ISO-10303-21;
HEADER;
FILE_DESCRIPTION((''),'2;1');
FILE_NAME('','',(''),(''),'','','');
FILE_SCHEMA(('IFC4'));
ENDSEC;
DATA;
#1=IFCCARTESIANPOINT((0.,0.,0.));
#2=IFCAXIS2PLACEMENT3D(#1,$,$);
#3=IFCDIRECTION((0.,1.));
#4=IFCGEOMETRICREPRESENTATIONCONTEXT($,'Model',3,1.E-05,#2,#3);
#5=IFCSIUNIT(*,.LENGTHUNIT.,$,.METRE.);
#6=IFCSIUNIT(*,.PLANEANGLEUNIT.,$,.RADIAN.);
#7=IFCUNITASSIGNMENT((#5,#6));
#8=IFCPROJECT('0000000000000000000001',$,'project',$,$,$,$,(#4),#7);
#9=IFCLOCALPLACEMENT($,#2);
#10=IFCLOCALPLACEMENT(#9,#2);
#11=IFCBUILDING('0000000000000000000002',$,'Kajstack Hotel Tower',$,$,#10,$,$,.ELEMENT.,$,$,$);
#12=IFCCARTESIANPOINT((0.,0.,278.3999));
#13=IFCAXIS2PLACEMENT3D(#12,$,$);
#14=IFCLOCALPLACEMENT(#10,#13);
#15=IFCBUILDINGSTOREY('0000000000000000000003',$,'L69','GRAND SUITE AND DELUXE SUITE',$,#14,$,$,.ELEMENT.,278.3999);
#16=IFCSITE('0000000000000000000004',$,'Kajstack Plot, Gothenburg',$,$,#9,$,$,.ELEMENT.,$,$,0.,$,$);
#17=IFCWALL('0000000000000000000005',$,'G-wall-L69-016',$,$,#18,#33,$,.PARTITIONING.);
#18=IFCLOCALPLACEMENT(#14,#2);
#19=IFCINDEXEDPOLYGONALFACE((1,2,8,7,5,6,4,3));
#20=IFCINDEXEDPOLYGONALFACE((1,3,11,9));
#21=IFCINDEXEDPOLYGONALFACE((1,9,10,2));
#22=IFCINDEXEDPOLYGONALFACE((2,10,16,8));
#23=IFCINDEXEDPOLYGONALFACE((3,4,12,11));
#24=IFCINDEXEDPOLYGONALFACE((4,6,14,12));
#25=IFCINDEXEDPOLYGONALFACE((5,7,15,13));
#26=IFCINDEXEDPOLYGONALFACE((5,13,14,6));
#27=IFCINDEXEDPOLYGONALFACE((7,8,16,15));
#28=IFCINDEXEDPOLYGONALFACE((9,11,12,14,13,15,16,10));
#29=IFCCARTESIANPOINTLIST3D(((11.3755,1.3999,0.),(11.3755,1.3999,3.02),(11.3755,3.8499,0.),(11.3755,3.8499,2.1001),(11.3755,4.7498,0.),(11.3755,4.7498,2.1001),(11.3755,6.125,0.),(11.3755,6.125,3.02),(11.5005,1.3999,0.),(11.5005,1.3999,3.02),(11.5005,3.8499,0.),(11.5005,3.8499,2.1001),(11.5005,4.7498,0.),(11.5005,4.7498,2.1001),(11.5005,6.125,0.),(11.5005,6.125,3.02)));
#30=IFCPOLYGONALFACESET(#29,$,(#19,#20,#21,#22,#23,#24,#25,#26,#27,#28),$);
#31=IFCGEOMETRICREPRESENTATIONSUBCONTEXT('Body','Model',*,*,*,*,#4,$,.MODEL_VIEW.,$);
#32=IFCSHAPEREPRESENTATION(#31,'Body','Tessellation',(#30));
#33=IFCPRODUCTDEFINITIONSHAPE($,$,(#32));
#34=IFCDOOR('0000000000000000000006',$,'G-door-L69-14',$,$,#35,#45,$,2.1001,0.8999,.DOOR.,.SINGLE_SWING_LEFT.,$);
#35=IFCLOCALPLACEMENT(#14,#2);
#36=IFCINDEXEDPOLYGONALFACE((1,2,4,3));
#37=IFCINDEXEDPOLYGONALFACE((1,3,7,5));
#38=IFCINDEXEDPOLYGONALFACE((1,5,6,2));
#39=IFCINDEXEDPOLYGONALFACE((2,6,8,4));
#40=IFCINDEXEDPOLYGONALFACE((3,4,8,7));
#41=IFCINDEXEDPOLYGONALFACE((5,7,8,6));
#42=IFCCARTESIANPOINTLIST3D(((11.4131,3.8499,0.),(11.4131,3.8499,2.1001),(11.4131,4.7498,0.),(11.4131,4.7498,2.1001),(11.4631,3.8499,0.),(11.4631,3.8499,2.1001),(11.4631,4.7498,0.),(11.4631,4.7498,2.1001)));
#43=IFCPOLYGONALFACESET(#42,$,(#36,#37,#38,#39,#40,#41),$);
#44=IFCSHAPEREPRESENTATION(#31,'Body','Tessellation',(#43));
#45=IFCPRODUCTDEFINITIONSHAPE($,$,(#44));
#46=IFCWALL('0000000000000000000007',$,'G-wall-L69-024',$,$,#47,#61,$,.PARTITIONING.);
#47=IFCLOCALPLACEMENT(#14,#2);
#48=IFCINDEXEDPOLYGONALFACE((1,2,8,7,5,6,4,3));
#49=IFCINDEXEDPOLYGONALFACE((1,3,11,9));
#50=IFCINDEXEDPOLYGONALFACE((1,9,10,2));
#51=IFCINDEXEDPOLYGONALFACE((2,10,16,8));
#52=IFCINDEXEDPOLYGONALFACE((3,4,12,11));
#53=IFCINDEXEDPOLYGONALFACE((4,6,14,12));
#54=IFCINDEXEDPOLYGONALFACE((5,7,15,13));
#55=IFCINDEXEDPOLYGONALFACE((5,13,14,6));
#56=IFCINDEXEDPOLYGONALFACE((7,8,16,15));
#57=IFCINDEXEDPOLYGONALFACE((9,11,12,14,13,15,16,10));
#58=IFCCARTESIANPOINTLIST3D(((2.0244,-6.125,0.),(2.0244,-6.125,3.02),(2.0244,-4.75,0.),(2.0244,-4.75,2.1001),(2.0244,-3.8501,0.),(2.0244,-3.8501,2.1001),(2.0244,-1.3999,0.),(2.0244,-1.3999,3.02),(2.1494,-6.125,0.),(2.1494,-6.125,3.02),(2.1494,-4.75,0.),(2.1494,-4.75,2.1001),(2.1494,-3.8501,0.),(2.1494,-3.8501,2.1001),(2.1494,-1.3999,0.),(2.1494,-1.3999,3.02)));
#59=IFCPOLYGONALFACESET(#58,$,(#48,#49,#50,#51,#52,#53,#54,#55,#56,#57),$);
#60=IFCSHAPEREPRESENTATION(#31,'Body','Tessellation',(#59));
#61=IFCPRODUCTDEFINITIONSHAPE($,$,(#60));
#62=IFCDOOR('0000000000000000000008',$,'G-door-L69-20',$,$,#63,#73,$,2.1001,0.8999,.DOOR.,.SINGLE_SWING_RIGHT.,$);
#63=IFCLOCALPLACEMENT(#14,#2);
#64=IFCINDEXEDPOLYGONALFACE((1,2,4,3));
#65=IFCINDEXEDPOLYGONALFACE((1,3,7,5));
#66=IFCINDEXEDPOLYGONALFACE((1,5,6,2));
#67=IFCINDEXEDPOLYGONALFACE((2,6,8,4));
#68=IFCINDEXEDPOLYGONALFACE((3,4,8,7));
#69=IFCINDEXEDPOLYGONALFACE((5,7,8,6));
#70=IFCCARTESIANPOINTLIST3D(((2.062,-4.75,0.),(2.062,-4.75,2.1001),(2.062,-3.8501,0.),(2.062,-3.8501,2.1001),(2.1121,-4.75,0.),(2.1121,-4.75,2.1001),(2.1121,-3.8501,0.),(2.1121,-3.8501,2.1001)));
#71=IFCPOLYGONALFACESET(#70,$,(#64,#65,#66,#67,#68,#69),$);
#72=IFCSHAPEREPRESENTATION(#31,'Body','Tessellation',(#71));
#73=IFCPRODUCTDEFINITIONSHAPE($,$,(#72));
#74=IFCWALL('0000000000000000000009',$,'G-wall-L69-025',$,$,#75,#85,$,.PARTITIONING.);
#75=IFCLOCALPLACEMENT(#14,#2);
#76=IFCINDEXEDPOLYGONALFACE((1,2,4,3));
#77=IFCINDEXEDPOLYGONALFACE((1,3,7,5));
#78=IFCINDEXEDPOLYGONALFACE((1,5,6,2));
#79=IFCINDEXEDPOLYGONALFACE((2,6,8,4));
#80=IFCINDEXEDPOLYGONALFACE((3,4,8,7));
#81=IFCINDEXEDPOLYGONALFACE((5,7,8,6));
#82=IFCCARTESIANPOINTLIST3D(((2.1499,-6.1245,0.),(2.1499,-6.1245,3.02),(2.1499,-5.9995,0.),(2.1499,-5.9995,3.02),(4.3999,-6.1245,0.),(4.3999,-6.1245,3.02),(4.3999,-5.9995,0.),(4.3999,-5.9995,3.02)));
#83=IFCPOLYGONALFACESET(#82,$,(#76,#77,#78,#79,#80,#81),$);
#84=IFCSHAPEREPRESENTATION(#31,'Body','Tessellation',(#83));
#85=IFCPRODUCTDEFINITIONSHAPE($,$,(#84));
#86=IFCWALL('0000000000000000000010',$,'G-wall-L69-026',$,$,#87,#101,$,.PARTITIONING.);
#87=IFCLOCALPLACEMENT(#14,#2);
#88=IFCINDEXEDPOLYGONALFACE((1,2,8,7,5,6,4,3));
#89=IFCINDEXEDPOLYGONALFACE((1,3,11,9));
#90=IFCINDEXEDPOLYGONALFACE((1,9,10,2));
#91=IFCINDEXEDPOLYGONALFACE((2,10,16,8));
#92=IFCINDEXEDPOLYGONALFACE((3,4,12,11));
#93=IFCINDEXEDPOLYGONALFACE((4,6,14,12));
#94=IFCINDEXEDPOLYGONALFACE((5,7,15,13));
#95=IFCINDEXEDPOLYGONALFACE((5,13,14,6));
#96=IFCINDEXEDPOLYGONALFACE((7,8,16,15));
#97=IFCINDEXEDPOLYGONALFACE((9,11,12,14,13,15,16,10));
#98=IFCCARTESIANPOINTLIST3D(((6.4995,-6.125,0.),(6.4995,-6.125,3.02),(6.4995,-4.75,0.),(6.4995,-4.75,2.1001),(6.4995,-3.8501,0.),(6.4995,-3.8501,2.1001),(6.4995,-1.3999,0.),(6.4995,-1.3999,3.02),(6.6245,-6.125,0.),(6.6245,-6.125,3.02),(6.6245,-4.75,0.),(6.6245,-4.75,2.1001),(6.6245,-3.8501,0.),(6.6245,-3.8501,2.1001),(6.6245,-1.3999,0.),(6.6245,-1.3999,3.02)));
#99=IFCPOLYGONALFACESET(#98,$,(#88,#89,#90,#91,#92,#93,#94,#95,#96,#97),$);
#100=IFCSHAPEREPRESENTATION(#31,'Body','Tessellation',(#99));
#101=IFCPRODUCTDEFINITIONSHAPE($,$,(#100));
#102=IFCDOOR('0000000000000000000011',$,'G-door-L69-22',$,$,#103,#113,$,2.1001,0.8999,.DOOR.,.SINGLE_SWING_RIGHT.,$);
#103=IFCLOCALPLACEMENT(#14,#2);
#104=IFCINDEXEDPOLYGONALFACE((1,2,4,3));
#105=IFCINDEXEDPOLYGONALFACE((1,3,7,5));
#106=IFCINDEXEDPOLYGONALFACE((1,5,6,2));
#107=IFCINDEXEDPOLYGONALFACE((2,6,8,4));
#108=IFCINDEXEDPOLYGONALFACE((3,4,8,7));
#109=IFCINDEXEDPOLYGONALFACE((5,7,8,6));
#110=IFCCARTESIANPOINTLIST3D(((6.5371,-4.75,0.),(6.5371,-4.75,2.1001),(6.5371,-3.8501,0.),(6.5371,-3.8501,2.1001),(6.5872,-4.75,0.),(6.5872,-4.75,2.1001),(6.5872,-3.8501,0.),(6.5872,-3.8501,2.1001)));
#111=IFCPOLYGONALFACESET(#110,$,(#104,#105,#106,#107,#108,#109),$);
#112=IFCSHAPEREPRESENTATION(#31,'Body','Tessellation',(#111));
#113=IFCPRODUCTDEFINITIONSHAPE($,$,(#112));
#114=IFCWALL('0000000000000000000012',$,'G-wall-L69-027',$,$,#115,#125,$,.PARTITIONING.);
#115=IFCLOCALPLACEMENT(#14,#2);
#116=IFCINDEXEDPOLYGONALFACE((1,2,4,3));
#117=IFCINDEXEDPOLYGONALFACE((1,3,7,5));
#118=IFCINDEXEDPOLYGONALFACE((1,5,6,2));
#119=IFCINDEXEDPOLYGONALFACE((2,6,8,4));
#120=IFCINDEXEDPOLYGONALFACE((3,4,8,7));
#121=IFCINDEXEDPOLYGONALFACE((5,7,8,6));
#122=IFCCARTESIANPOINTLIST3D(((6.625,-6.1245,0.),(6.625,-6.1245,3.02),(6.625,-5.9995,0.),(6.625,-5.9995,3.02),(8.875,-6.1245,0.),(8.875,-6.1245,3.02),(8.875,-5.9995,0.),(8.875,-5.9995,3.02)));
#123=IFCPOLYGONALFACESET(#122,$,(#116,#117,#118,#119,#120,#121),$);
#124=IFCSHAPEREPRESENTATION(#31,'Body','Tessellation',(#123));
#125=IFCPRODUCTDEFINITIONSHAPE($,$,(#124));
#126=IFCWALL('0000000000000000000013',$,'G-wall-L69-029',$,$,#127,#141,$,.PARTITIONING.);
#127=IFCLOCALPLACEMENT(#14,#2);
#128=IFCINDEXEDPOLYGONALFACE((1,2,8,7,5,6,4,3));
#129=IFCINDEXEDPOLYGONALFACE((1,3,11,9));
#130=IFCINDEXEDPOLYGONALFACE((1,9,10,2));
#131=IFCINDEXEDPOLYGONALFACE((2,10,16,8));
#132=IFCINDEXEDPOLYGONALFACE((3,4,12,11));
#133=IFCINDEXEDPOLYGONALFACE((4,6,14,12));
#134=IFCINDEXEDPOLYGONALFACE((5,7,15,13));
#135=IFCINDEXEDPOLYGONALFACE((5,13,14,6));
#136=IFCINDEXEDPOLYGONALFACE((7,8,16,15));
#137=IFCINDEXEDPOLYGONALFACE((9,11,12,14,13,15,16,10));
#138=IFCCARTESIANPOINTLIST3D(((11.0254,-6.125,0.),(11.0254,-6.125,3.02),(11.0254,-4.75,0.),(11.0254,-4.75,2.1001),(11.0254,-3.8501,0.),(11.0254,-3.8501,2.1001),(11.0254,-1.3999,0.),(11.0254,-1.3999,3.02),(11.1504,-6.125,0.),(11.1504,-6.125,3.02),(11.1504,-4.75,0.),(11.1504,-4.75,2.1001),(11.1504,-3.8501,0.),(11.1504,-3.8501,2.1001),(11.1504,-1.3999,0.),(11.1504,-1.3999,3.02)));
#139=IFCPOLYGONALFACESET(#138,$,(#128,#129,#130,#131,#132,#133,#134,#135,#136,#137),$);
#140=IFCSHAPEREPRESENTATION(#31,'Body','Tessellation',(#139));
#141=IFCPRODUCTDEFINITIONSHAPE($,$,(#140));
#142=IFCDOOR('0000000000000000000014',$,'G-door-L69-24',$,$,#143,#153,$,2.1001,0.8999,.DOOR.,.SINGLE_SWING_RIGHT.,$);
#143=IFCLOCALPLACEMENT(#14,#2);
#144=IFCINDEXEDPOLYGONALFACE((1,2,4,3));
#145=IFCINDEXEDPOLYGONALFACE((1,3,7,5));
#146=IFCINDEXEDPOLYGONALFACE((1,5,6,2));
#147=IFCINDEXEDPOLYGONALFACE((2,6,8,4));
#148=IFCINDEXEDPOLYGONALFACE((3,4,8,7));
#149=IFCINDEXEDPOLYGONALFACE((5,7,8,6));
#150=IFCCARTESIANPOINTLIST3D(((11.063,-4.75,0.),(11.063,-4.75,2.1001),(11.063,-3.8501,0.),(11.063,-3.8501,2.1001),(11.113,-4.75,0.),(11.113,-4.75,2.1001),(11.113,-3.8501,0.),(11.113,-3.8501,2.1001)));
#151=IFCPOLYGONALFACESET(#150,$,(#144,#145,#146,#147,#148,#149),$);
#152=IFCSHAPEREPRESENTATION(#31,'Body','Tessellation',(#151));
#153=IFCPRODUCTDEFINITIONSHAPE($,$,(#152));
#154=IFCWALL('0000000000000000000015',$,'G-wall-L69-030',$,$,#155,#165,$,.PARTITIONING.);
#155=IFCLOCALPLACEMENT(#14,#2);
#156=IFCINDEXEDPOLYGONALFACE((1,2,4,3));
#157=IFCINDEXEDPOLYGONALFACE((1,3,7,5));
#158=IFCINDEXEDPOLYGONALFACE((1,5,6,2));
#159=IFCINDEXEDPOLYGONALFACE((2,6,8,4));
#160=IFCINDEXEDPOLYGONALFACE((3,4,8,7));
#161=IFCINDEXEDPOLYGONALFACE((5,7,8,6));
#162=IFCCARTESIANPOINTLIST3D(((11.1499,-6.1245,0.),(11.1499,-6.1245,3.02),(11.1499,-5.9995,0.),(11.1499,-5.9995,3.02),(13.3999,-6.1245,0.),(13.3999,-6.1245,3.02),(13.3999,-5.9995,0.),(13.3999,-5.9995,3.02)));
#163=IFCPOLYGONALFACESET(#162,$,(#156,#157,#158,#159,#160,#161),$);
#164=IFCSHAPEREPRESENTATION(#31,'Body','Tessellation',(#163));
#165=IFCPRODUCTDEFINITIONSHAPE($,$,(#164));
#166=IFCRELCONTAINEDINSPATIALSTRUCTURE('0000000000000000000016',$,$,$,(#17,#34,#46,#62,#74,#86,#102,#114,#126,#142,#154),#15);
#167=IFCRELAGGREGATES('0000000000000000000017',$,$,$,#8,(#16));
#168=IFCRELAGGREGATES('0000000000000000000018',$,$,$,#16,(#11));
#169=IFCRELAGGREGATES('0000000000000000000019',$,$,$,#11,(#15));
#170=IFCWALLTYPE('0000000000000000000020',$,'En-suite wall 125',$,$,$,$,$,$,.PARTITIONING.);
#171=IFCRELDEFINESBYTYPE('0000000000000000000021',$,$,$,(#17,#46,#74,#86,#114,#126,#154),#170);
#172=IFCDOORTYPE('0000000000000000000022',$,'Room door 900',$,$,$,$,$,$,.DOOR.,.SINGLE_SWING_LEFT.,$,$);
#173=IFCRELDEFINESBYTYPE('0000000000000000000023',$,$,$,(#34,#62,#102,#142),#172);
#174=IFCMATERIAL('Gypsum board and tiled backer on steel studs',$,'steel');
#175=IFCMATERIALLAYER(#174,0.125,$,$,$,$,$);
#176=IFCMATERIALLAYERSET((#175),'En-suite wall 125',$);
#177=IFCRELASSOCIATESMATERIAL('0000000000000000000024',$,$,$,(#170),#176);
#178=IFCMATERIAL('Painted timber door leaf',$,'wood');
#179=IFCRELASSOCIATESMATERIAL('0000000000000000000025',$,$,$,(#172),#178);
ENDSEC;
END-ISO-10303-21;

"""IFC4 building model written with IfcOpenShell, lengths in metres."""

from ifc_helpers import new_model, si_unit, direction, frame, frame_2d, origin, place, context, subcontext, project, spatial, rectangle, extrude, material, layer, layer_set, type_object, element, fill, save


model = new_model("IFC4")

# Units and contexts
model_context = context("Model", 3, precision=1e-05, world=origin(), true_north=direction((0.0, 1.0)))
body_context = subcontext(model_context, "Body", "Model", "MODEL_VIEW")
ifc_project = project(units=[si_unit("LENGTHUNIT", "METRE"), si_unit("PLANEANGLEUNIT", "RADIAN")], contexts=[model_context])

# Site, building, storey
site_placement = place(None, origin())
site = spatial("IfcSite", under=ifc_project, at=site_placement, Name="Kajstack Plot, Gothenburg", CompositionType="ELEMENT", RefElevation=0.0)
building_placement = place(site_placement, origin())
building = spatial("IfcBuilding", under=site, at=building_placement, Name="Kajstack Hotel Tower", CompositionType="ELEMENT")
storey_placement = place(building_placement, frame((0.0, 0.0, 278.3999)))
storey = spatial("IfcBuildingStorey", under=building, at=storey_placement, Name="L69", Description="GRAND SUITE AND DELUXE SUITE", CompositionType="ELEMENT", Elevation=278.3999)

# Walls, openings, doors
ifc_material_1 = material(Name="Gypsum board and tiled backer on steel studs", Category="steel")
ifc_layer_1 = layer(ifc_material_1, 0.125)
ifc_layer_set_1 = layer_set([ifc_layer_1], Name="En-suite wall 125")
wall_type_1 = type_object("IfcWallType", Name="En-suite wall 125", PredefinedType="PARTITIONING", material=ifc_layer_set_1)
ifc_material_2 = material(Name="Painted timber door leaf", Category="wood")
door_type_1 = type_object("IfcDoorType", Name="Room door 900", OperationType="SINGLE_SWING_LEFT", PredefinedType="DOOR", material=ifc_material_2)
wall_1_placement = place(storey_placement, frame((11.438, 1.3999, 0.0), z_axis=(0.0, 0.0, 1.0), x_axis=(0.0, 1.0, 0.0)))
wall_1 = element("IfcWall", 1, at=wall_1_placement, inside=storey, type_object=wall_type_1, Name="G-wall-L69-016", PredefinedType="PARTITIONING", context=body_context, shape_type="SweptSolid", body=[
    extrude(rectangle(XDim=4.7251, YDim=0.125, at=frame_2d((2.3625, 0.0))), origin(), (0.0, 0.0, 1.0), 3.02),
])
opening_1_placement = place(wall_1_placement, frame((2.45, 0.0, 0.0)))
opening_1 = element("IfcOpeningElement", 2, at=opening_1_placement, cuts=wall_1, PredefinedType="OPENING", context=body_context, shape_type="SweptSolid", body=[
    extrude(rectangle(XDim=0.8999, YDim=2.1001, at=frame_2d((0.45, 1.05))), frame((0.0, 0.0725, 0.0), z_axis=(0.0, -1.0, 0.0), x_axis=(1.0, 0.0, 0.0)), (0.0, 0.0, 1.0), 0.145),
])
door_1_placement = place(opening_1_placement, origin())
door_1 = element("IfcDoor", 3, at=door_1_placement, inside=storey, type_object=door_type_1, Name="G-door-L69-14", OperationType="SINGLE_SWING_LEFT", OverallHeight=2.1001, OverallWidth=0.8999, PredefinedType="DOOR", context=body_context, shape_type="SweptSolid", body=[
    extrude(rectangle(XDim=0.8999, YDim=2.1001, at=frame_2d((0.45, 1.05))), frame((0.0, 0.0249, 0.0), z_axis=(0.0, -1.0, 0.0), x_axis=(1.0, 0.0, 0.0)), (0.0, 0.0, 1.0), 0.05),
])
fill(opening_1, door_1)
wall_2_placement = place(storey_placement, frame((2.0869, -6.125, 0.0), z_axis=(0.0, 0.0, 1.0), x_axis=(0.0, 1.0, 0.0)))
wall_2 = element("IfcWall", 4, at=wall_2_placement, inside=storey, type_object=wall_type_1, Name="G-wall-L69-024", PredefinedType="PARTITIONING", context=body_context, shape_type="SweptSolid", body=[
    extrude(rectangle(XDim=4.7251, YDim=0.125, at=frame_2d((2.3625, 0.0))), origin(), (0.0, 0.0, 1.0), 3.02),
])
opening_2_placement = place(wall_2_placement, frame((1.375, 0.0, 0.0)))
opening_2 = element("IfcOpeningElement", 5, at=opening_2_placement, cuts=wall_2, PredefinedType="OPENING", context=body_context, shape_type="SweptSolid", body=[
    extrude(rectangle(XDim=0.8999, YDim=2.1001, at=frame_2d((0.45, 1.05))), frame((0.0, 0.0725, 0.0), z_axis=(0.0, -1.0, 0.0), x_axis=(1.0, 0.0, 0.0)), (0.0, 0.0, 1.0), 0.145),
])
door_2_placement = place(opening_2_placement, origin())
door_2 = element("IfcDoor", 6, at=door_2_placement, inside=storey, type_object=door_type_1, Name="G-door-L69-20", OperationType="SINGLE_SWING_RIGHT", OverallHeight=2.1001, OverallWidth=0.8999, PredefinedType="DOOR", context=body_context, shape_type="SweptSolid", body=[
    extrude(rectangle(XDim=0.8999, YDim=2.1001, at=frame_2d((0.45, 1.05))), frame((0.0, 0.0249, 0.0), z_axis=(0.0, -1.0, 0.0), x_axis=(1.0, 0.0, 0.0)), (0.0, 0.0, 1.0), 0.05),
])
fill(opening_2, door_2)

# Wall
wall_3_placement = place(storey_placement, frame((2.1499, -6.062, 0.0), z_axis=(0.0, 0.0, 1.0), x_axis=(1.0, 0.0, 0.0)))
element("IfcWall", 7, at=wall_3_placement, inside=storey, type_object=wall_type_1, Name="G-wall-L69-025", PredefinedType="PARTITIONING", context=body_context, shape_type="SweptSolid", body=[
    extrude(rectangle(XDim=2.25, YDim=0.125, at=frame_2d((1.125, 0.0))), origin(), (0.0, 0.0, 1.0), 3.02),
])

# Wall, opening, door
wall_4_placement = place(storey_placement, frame((6.562, -6.125, 0.0), z_axis=(0.0, 0.0, 1.0), x_axis=(0.0, 1.0, 0.0)))
wall_4 = element("IfcWall", 8, at=wall_4_placement, inside=storey, type_object=wall_type_1, Name="G-wall-L69-026", PredefinedType="PARTITIONING", context=body_context, shape_type="SweptSolid", body=[
    extrude(rectangle(XDim=4.7251, YDim=0.125, at=frame_2d((2.3625, 0.0))), origin(), (0.0, 0.0, 1.0), 3.02),
])
opening_3_placement = place(wall_4_placement, frame((1.375, 0.0, 0.0)))
opening_3 = element("IfcOpeningElement", 9, at=opening_3_placement, cuts=wall_4, PredefinedType="OPENING", context=body_context, shape_type="SweptSolid", body=[
    extrude(rectangle(XDim=0.8999, YDim=2.1001, at=frame_2d((0.45, 1.05))), frame((0.0, 0.0725, 0.0), z_axis=(0.0, -1.0, 0.0), x_axis=(1.0, 0.0, 0.0)), (0.0, 0.0, 1.0), 0.145),
])
door_3_placement = place(opening_3_placement, origin())
door_3 = element("IfcDoor", 10, at=door_3_placement, inside=storey, type_object=door_type_1, Name="G-door-L69-22", OperationType="SINGLE_SWING_RIGHT", OverallHeight=2.1001, OverallWidth=0.8999, PredefinedType="DOOR", context=body_context, shape_type="SweptSolid", body=[
    extrude(rectangle(XDim=0.8999, YDim=2.1001, at=frame_2d((0.45, 1.05))), frame((0.0, 0.0249, 0.0), z_axis=(0.0, -1.0, 0.0), x_axis=(1.0, 0.0, 0.0)), (0.0, 0.0, 1.0), 0.05),
])
fill(opening_3, door_3)

# Wall
wall_5_placement = place(storey_placement, frame((6.625, -6.062, 0.0), z_axis=(0.0, 0.0, 1.0), x_axis=(1.0, 0.0, 0.0)))
element("IfcWall", 11, at=wall_5_placement, inside=storey, type_object=wall_type_1, Name="G-wall-L69-027", PredefinedType="PARTITIONING", context=body_context, shape_type="SweptSolid", body=[
    extrude(rectangle(XDim=2.25, YDim=0.125, at=frame_2d((1.125, 0.0))), origin(), (0.0, 0.0, 1.0), 3.02),
])

# Wall, opening, door
wall_6_placement = place(storey_placement, frame((11.0879, -6.125, 0.0), z_axis=(0.0, 0.0, 1.0), x_axis=(0.0, 1.0, 0.0)))
wall_6 = element("IfcWall", 12, at=wall_6_placement, inside=storey, type_object=wall_type_1, Name="G-wall-L69-029", PredefinedType="PARTITIONING", context=body_context, shape_type="SweptSolid", body=[
    extrude(rectangle(XDim=4.7251, YDim=0.125, at=frame_2d((2.3625, 0.0))), origin(), (0.0, 0.0, 1.0), 3.02),
])
opening_4_placement = place(wall_6_placement, frame((1.375, 0.0, 0.0)))
opening_4 = element("IfcOpeningElement", 13, at=opening_4_placement, cuts=wall_6, PredefinedType="OPENING", context=body_context, shape_type="SweptSolid", body=[
    extrude(rectangle(XDim=0.8999, YDim=2.1001, at=frame_2d((0.45, 1.05))), frame((0.0, 0.0725, 0.0), z_axis=(0.0, -1.0, 0.0), x_axis=(1.0, 0.0, 0.0)), (0.0, 0.0, 1.0), 0.145),
])
door_4_placement = place(opening_4_placement, origin())
door_4 = element("IfcDoor", 14, at=door_4_placement, inside=storey, type_object=door_type_1, Name="G-door-L69-24", OperationType="SINGLE_SWING_RIGHT", OverallHeight=2.1001, OverallWidth=0.8999, PredefinedType="DOOR", context=body_context, shape_type="SweptSolid", body=[
    extrude(rectangle(XDim=0.8999, YDim=2.1001, at=frame_2d((0.45, 1.05))), frame((0.0, 0.0249, 0.0), z_axis=(0.0, -1.0, 0.0), x_axis=(1.0, 0.0, 0.0)), (0.0, 0.0, 1.0), 0.05),
])
fill(opening_4, door_4)

# Wall
wall_7_placement = place(storey_placement, frame((11.1499, -6.062, 0.0), z_axis=(0.0, 0.0, 1.0), x_axis=(1.0, 0.0, 0.0)))
element("IfcWall", 15, at=wall_7_placement, inside=storey, type_object=wall_type_1, Name="G-wall-L69-030", PredefinedType="PARTITIONING", context=body_context, shape_type="SweptSolid", body=[
    extrude(rectangle(XDim=2.25, YDim=0.125, at=frame_2d((1.125, 0.0))), origin(), (0.0, 0.0, 1.0), 3.02),
])

save(model, "model.ifc")
